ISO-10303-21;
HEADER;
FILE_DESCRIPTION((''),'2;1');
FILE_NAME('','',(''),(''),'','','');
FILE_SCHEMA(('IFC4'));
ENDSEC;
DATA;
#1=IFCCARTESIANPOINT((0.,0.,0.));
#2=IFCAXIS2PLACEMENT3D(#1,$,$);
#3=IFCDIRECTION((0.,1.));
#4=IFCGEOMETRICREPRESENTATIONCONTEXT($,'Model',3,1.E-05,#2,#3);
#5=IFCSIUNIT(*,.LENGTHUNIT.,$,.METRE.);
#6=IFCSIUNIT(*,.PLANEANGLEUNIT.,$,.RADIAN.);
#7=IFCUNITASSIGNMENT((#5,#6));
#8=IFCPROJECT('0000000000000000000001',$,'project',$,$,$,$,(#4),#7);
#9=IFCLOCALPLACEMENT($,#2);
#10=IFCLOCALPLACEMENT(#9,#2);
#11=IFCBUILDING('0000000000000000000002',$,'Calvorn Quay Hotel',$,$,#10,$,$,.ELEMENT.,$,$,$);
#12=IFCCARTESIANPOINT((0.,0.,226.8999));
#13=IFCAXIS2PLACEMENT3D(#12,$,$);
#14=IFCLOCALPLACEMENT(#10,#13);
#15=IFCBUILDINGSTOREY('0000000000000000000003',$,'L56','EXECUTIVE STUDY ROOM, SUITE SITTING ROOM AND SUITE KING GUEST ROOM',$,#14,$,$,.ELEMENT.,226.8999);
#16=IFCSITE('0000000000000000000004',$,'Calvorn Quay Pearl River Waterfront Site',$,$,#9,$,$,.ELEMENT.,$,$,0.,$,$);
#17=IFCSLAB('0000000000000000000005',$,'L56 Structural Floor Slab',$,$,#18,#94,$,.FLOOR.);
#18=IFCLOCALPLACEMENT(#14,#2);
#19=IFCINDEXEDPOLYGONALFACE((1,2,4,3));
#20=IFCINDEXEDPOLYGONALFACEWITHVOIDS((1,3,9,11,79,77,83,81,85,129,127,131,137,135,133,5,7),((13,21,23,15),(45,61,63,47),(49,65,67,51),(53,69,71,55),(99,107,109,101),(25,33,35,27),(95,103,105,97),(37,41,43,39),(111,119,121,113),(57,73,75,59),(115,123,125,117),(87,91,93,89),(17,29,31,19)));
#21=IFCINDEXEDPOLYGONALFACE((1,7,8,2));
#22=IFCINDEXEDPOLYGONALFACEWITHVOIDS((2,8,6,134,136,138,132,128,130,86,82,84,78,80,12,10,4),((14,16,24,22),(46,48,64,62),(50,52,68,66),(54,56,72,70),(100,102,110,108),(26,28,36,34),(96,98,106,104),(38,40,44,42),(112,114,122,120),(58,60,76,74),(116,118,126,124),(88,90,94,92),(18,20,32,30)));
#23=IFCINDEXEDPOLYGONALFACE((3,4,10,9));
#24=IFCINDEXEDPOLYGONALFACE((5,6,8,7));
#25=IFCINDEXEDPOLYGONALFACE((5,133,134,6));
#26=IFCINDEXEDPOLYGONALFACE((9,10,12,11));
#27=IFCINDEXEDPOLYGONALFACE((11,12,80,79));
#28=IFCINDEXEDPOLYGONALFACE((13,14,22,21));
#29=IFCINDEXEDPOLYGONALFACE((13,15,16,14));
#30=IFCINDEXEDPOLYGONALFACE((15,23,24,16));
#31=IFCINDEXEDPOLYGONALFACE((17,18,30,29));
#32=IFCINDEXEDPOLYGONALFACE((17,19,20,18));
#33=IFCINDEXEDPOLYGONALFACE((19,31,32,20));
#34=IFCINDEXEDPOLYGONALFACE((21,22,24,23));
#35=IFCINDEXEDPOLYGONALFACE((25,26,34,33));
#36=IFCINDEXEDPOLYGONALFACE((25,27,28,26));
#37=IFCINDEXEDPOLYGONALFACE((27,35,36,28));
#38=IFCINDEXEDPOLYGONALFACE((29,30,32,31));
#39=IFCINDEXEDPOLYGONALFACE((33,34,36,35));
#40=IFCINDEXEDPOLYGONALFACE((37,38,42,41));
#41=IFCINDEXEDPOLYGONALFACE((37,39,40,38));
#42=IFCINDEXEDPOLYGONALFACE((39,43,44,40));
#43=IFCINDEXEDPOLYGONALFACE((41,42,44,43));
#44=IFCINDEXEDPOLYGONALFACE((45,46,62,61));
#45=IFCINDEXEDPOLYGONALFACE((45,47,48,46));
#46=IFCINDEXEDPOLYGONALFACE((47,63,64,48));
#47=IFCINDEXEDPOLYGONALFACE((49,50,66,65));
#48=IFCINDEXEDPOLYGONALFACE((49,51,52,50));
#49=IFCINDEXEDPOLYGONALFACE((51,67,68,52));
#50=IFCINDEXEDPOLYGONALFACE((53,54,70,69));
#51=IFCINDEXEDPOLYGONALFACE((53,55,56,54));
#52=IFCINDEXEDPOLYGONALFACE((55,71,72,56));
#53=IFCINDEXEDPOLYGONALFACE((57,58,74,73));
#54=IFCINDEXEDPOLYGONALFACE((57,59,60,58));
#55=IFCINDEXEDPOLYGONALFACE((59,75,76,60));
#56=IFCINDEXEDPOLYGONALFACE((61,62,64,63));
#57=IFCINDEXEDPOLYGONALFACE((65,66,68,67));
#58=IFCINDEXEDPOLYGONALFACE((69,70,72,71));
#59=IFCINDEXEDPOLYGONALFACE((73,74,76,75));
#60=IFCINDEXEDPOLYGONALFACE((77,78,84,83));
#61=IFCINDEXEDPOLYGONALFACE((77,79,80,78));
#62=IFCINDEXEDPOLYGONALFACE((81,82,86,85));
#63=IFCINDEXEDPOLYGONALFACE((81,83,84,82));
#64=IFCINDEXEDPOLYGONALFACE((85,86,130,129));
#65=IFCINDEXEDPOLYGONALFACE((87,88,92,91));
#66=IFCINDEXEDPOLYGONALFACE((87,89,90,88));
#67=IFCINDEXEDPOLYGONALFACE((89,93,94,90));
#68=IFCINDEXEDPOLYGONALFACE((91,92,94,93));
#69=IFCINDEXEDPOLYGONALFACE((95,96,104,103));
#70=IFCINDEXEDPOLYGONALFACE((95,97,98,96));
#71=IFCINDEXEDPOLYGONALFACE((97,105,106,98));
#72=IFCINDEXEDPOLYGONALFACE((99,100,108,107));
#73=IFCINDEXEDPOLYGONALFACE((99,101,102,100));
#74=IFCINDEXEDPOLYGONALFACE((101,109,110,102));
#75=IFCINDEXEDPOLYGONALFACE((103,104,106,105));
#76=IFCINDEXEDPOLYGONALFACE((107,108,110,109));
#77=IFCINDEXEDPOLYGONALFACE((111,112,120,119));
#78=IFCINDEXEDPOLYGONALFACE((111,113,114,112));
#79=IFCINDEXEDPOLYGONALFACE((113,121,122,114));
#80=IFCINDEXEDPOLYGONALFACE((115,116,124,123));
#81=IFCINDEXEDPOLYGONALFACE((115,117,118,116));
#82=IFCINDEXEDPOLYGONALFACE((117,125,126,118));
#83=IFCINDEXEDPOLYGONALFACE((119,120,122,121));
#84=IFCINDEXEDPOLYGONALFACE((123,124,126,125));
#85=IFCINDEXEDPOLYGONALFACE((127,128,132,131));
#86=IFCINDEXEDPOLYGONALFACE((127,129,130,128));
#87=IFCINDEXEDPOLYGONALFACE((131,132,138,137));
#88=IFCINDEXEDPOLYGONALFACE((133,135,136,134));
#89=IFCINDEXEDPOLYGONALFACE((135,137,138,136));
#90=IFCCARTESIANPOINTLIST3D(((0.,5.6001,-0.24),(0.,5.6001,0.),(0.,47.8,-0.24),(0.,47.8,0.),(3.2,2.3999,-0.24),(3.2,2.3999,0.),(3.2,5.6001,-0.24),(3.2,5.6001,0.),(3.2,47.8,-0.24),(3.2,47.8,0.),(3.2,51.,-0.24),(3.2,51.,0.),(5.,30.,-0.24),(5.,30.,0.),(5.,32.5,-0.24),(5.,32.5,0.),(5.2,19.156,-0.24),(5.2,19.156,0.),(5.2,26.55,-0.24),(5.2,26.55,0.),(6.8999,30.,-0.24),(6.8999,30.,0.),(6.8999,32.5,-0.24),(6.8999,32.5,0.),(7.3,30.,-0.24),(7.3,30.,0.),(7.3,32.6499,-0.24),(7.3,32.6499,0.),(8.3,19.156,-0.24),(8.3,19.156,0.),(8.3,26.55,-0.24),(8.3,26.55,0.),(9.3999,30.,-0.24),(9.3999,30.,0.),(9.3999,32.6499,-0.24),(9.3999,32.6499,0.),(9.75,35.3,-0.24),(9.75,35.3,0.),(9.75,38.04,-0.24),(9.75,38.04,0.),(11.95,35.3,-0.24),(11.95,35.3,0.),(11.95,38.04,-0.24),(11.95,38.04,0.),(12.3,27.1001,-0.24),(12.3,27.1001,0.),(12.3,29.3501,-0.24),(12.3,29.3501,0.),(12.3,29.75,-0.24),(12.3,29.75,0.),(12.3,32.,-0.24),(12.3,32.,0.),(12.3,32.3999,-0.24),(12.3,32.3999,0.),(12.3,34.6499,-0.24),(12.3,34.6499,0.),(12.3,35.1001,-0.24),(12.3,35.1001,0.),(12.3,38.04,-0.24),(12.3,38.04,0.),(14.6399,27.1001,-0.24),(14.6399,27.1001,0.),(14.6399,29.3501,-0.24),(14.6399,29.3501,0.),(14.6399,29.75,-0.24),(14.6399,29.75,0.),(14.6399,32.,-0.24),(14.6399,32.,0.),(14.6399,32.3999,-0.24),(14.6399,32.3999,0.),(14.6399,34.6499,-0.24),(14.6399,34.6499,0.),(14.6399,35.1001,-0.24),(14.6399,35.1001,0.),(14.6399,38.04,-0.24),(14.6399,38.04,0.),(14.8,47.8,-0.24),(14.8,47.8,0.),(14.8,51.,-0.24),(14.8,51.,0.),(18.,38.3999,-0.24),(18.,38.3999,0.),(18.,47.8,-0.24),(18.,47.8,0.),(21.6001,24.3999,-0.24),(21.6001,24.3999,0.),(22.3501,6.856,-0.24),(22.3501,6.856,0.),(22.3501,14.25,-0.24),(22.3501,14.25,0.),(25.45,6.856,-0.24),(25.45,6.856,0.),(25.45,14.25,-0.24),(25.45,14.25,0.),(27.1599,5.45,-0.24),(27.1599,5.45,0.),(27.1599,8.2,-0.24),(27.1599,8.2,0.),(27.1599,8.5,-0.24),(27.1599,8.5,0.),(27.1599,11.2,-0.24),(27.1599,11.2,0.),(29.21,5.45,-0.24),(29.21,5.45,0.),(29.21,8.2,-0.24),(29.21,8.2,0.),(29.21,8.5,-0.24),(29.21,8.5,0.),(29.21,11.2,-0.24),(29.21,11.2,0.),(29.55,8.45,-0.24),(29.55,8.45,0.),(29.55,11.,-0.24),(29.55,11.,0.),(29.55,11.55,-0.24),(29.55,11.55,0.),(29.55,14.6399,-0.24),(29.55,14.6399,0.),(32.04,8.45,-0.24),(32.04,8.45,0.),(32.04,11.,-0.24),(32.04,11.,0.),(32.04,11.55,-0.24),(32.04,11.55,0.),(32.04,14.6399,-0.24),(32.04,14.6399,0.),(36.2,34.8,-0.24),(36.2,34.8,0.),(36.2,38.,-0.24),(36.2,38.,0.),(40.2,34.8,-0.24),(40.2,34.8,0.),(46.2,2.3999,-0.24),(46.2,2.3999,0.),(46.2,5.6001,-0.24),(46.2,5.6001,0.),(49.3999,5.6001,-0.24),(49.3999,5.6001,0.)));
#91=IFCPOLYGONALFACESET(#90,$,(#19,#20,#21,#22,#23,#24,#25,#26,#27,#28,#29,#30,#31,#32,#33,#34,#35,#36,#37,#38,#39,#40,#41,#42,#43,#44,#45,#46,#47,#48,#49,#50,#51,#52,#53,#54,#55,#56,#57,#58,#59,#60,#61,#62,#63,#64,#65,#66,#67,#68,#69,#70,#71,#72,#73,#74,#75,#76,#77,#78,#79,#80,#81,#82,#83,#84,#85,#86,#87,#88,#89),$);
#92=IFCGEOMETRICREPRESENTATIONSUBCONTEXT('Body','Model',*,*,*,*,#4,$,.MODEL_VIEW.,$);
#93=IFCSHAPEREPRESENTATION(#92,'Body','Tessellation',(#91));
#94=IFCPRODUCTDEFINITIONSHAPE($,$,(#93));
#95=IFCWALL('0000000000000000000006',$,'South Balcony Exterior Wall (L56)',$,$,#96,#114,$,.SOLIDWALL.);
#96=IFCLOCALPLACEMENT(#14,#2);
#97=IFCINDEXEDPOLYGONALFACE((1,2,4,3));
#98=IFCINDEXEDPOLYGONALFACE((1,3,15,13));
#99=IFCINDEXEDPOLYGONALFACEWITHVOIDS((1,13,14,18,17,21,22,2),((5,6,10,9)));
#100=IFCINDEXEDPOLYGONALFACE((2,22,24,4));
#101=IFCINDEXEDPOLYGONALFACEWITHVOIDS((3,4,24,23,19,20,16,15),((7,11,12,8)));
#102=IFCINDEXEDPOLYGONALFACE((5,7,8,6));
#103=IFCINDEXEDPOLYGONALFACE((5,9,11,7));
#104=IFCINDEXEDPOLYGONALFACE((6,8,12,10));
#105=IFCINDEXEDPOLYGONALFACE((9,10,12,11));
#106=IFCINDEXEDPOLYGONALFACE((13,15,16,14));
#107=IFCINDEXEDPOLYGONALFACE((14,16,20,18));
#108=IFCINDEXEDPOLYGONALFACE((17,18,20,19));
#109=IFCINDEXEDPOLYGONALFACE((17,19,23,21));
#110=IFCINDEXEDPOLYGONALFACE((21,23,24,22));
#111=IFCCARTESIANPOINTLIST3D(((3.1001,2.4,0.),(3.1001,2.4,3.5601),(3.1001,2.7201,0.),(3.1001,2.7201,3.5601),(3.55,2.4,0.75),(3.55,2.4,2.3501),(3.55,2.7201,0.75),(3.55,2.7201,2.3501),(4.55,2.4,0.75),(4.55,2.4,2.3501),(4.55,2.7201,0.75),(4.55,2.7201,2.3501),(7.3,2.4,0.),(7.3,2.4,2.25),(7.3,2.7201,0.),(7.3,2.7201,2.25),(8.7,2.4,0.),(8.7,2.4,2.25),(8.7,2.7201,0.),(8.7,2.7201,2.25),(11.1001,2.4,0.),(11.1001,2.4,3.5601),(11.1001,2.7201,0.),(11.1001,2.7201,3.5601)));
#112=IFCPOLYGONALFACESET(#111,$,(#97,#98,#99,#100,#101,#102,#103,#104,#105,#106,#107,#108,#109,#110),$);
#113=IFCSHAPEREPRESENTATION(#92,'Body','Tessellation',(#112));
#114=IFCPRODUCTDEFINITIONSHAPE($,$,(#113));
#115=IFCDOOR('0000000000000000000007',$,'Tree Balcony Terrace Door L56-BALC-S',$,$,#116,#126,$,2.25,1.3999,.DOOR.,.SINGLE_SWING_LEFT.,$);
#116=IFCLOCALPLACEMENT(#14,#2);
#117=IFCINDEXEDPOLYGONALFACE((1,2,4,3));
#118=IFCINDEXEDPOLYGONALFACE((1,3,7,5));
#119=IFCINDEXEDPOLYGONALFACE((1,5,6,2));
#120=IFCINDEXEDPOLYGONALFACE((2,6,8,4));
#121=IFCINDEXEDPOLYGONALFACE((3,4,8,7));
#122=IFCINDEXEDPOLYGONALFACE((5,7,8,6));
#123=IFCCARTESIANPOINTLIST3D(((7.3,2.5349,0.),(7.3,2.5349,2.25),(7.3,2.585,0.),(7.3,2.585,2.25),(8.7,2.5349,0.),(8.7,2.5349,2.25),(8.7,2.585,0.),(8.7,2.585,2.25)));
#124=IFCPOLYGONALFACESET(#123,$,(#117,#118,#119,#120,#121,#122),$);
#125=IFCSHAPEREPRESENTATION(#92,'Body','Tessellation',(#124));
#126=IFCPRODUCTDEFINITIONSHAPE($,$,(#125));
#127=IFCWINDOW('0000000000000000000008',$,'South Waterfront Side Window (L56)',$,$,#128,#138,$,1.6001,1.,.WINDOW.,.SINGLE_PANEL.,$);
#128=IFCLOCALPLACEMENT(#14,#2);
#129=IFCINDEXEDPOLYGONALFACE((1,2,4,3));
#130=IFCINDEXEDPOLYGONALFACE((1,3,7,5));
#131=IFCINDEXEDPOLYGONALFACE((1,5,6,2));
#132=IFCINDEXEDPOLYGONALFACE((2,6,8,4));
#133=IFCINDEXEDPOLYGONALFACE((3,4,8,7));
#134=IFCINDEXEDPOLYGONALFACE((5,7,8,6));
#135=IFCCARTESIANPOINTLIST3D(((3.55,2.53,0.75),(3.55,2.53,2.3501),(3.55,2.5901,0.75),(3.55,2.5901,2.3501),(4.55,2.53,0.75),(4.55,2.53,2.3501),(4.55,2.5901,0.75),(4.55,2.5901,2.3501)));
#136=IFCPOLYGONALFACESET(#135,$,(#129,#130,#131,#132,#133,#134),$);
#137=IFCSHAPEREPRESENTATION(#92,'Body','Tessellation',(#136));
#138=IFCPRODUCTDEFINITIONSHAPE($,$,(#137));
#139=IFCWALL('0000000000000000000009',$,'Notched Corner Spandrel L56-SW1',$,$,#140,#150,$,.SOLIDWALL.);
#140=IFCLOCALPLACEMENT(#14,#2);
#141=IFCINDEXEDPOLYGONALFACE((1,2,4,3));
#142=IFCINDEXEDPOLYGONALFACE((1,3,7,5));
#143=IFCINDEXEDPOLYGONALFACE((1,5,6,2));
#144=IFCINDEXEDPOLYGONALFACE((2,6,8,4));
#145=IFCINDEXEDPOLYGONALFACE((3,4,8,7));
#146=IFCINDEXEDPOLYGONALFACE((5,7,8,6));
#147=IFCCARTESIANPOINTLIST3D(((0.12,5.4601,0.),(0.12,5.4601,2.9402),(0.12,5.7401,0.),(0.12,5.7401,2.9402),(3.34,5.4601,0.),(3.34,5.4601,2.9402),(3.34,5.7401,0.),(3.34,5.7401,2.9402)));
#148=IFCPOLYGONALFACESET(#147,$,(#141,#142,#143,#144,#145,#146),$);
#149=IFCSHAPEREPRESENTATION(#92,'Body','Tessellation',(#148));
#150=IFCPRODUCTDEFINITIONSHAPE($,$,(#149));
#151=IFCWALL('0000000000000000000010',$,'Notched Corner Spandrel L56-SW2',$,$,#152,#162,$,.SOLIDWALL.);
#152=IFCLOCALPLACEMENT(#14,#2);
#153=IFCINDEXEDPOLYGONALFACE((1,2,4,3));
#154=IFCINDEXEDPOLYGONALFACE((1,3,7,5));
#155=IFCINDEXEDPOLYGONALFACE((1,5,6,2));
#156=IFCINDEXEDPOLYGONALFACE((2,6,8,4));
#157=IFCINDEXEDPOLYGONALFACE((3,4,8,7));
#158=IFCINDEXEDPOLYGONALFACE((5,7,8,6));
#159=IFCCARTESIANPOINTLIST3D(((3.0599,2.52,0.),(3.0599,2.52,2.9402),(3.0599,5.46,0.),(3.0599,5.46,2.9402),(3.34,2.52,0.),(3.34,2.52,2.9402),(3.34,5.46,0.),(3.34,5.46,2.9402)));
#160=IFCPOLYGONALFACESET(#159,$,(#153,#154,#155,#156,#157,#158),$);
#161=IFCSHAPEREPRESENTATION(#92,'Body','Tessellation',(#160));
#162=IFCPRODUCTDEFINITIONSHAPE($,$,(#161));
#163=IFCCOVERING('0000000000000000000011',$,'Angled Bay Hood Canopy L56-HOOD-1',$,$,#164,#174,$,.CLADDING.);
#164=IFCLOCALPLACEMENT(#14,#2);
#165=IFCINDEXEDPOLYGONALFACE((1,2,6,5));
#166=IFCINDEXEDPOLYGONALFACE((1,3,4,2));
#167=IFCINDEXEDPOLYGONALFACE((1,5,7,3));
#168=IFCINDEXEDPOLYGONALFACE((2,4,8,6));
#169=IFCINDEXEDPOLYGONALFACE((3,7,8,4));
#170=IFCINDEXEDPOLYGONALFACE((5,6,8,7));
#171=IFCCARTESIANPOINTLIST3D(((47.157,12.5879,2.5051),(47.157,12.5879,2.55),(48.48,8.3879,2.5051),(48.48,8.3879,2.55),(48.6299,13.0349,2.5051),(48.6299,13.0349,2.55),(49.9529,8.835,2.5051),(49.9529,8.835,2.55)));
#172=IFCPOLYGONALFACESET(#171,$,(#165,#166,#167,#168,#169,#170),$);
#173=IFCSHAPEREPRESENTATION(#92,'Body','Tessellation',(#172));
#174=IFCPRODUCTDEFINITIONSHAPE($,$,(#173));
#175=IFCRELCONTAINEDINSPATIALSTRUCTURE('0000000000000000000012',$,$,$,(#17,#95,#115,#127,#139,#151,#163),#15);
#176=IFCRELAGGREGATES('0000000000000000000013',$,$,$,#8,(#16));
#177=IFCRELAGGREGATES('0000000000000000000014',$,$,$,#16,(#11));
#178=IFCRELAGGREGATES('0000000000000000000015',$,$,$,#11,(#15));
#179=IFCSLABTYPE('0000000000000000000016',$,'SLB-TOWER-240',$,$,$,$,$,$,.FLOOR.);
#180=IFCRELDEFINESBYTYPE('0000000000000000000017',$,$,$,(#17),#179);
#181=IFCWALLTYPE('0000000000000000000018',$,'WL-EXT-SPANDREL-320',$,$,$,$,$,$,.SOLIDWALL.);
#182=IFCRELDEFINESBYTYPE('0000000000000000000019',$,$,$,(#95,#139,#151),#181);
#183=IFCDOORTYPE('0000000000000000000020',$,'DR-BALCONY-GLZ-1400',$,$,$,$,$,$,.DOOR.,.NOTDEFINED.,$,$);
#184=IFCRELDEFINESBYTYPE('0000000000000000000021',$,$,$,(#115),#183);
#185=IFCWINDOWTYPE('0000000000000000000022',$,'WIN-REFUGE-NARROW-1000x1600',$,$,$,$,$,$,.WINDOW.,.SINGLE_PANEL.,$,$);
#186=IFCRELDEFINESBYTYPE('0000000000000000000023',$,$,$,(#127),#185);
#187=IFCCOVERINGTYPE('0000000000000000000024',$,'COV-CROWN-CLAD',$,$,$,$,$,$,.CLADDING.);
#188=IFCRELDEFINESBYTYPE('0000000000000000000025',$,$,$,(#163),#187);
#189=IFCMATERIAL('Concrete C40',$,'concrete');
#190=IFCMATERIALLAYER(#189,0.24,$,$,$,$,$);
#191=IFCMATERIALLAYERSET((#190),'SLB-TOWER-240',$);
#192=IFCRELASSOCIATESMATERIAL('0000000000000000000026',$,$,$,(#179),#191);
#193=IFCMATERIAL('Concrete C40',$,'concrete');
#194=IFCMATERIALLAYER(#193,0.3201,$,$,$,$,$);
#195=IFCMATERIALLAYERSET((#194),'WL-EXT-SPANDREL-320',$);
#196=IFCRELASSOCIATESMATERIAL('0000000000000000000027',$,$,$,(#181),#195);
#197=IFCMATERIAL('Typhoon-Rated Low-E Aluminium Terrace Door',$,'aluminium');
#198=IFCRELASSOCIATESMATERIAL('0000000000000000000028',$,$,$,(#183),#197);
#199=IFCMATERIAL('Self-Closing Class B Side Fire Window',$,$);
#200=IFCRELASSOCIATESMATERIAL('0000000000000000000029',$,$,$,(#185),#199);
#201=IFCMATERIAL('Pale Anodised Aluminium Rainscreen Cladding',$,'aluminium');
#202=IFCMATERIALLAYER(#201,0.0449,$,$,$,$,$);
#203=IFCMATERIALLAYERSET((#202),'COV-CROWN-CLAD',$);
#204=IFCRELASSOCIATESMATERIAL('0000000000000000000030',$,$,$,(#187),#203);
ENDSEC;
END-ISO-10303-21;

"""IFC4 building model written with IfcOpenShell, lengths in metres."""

from ifc_helpers import new_model, si_unit, direction, frame, frame_2d, origin, place, context, subcontext, project, spatial, polyline, rectangle, outline, extrude, material, layer, layer_set, type_object, element, fill, save


model = new_model("IFC4")

# Units and contexts
model_context = context("Model", 3, precision=1e-05, world=origin(), true_north=direction((0.0, 1.0)))
body_context = subcontext(model_context, "Body", "Model", "MODEL_VIEW")
ifc_project = project(units=[si_unit("LENGTHUNIT", "METRE"), si_unit("PLANEANGLEUNIT", "RADIAN")], contexts=[model_context])

# Site, building, storey
site_placement = place(None, origin())
site = spatial("IfcSite", under=ifc_project, at=site_placement, Name="Calvorn Quay Pearl River Waterfront Site", CompositionType="ELEMENT", RefElevation=0.0)
building_placement = place(site_placement, origin())
building = spatial("IfcBuilding", under=site, at=building_placement, Name="Calvorn Quay Hotel", CompositionType="ELEMENT")
storey_placement = place(building_placement, frame((0.0, 0.0, 226.8999)))
storey = spatial("IfcBuildingStorey", under=building, at=storey_placement, Name="L56", Description="EXECUTIVE STUDY ROOM, SUITE SITTING ROOM AND SUITE KING GUEST ROOM", CompositionType="ELEMENT", Elevation=226.8999)

# Slab
ifc_material_1 = material(Name="Concrete C40", Category="concrete")
ifc_layer_1 = layer(ifc_material_1, 0.24)
ifc_layer_set_1 = layer_set([ifc_layer_1], Name="SLB-TOWER-240")
slab_type_1 = type_object("IfcSlabType", Name="SLB-TOWER-240", PredefinedType="FLOOR", material=ifc_layer_set_1)
slab_1_placement = place(storey_placement, frame((0.0, 0.0, -0.24)))
element("IfcSlab", 1, at=slab_1_placement, inside=storey, type_object=slab_type_1, Name="L56 Structural Floor Slab", PredefinedType="FLOOR", context=body_context, shape_type="SweptSolid", body=[
    extrude(outline(polyline([(0.0, 5.6001), (3.2, 5.6001), (3.2, 2.3999), (46.2, 2.3999), (46.2, 5.6001), (49.3999, 5.6001), (40.2, 34.8), (36.2, 34.8), (36.2, 38.0), (21.6001, 24.3999), (18.0, 38.3999), (18.0, 47.8), (14.8, 47.8), (14.8, 51.0), (3.2, 51.0), (3.2, 47.8), (0.0, 47.8), (0.0, 5.6001)]), holes=[polyline([(5.2, 19.156), (8.3, 19.156), (8.3, 26.55), (5.2, 26.55), (5.2, 19.156)]), polyline([(22.3501, 6.856), (25.45, 6.856), (25.45, 14.25), (22.3501, 14.25), (22.3501, 6.856)]), polyline([(5.0, 30.0), (6.8999, 30.0), (6.8999, 32.5), (5.0, 32.5), (5.0, 30.0)]), polyline([(7.3, 30.0), (9.3999, 30.0), (9.3999, 32.6499), (7.3, 32.6499), (7.3, 30.0)]), polyline([(27.1599, 8.5), (29.21, 8.5), (29.21, 11.2), (27.1599, 11.2), (27.1599, 8.5)]), polyline([(27.1599, 5.45), (29.21, 5.45), (29.21, 8.2), (27.1599, 8.2), (27.1599, 5.45)]), polyline([(12.3, 27.1001), (14.6399, 27.1001), (14.6399, 29.3501), (12.3, 29.3501), (12.3, 27.1001)]), polyline([(12.3, 29.75), (14.6399, 29.75), (14.6399, 32.0), (12.3, 32.0), (12.3, 29.75)]), polyline([(12.3, 32.3999), (14.6399, 32.3999), (14.6399, 34.6499), (12.3, 34.6499), (12.3, 32.3999)]), polyline([(12.3, 35.1001), (14.6399, 35.1001), (14.6399, 38.04), (12.3, 38.04), (12.3, 35.1001)]), polyline([(9.75, 35.3), (11.95, 35.3), (11.95, 38.04), (9.75, 38.04), (9.75, 35.3)]), polyline([(29.55, 11.55), (32.04, 11.55), (32.04, 14.6399), (29.55, 14.6399), (29.55, 11.55)]), polyline([(29.55, 8.45), (32.04, 8.45), (32.04, 11.0), (29.55, 11.0), (29.55, 8.45)])]), origin(), (0.0, 0.0, 1.0), 0.24),
])

# Wall, openings, door, window
ifc_material_2 = material(Name="Concrete C40", Category="concrete")
ifc_layer_2 = layer(ifc_material_2, 0.3201)
ifc_layer_set_2 = layer_set([ifc_layer_2], Name="WL-EXT-SPANDREL-320")
wall_type = type_object("IfcWallType", Name="WL-EXT-SPANDREL-320", PredefinedType="SOLIDWALL", material=ifc_layer_set_2)
wall_1_placement = place(storey_placement, frame((3.1001, 2.5601, 0.0), z_axis=(0.0, 0.0, 1.0), x_axis=(1.0, 0.0, 0.0)))
wall_1 = element("IfcWall", 2, at=wall_1_placement, inside=storey, type_object=wall_type, Name="South Balcony Exterior Wall (L56)", PredefinedType="SOLIDWALL", context=body_context, shape_type="SweptSolid", body=[
    extrude(rectangle(XDim=8.0, YDim=0.3201, at=frame_2d((4.0, 0.0))), origin(), (0.0, 0.0, 1.0), 3.5601),
])
opening_1_placement = place(wall_1_placement, frame((0.45, 0.0, 0.75)))
opening_1 = element("IfcOpeningElement", 3, at=opening_1_placement, cuts=wall_1, PredefinedType="OPENING", context=body_context, shape_type="SweptSolid", body=[
    extrude(rectangle(XDim=1.0, YDim=1.6001, at=frame_2d((0.5, 0.8))), frame((0.0, 0.1699, 0.0), z_axis=(0.0, -1.0, 0.0), x_axis=(1.0, 0.0, 0.0)), (0.0, 0.0, 1.0), 0.3401),
])
opening_2_placement = place(wall_1_placement, frame((4.2, 0.0, 0.0)))
opening_2 = element("IfcOpeningElement", 4, at=opening_2_placement, cuts=wall_1, PredefinedType="OPENING", context=body_context, shape_type="SweptSolid", body=[
    extrude(rectangle(XDim=1.3999, YDim=2.25, at=frame_2d((0.7, 1.125))), frame((0.0, 0.1699, 0.0), z_axis=(0.0, -1.0, 0.0), x_axis=(1.0, 0.0, 0.0)), (0.0, 0.0, 1.0), 0.3401),
])
ifc_material_3 = material(Name="Typhoon-Rated Low-E Aluminium Terrace Door", Category="aluminium")
door_type = type_object("IfcDoorType", Name="DR-BALCONY-GLZ-1400", OperationType="NOTDEFINED", PredefinedType="DOOR", material=ifc_material_3)
door_placement = place(opening_2_placement, origin())
door = element("IfcDoor", 5, at=door_placement, inside=storey, type_object=door_type, Name="Tree Balcony Terrace Door L56-BALC-S", OperationType="SINGLE_SWING_LEFT", OverallHeight=2.25, OverallWidth=1.3999, PredefinedType="DOOR", context=body_context, shape_type="SweptSolid", body=[
    extrude(rectangle(XDim=1.3999, YDim=2.25, at=frame_2d((0.7, 1.125))), frame((0.0, 0.0249, 0.0), z_axis=(0.0, -1.0, 0.0), x_axis=(1.0, 0.0, 0.0)), (0.0, 0.0, 1.0), 0.05),
])
fill(opening_2, door)
ifc_material_4 = material(Name="Self-Closing Class B Side Fire Window")
window_type = type_object("IfcWindowType", Name="WIN-REFUGE-NARROW-1000x1600", PartitioningType="SINGLE_PANEL", PredefinedType="WINDOW", material=ifc_material_4)
window_placement = place(opening_1_placement, origin())
window = element("IfcWindow", 6, at=window_placement, inside=storey, type_object=window_type, Name="South Waterfront Side Window (L56)", OverallHeight=1.6001, OverallWidth=1.0, PartitioningType="SINGLE_PANEL", PredefinedType="WINDOW", context=body_context, shape_type="SweptSolid", body=[
    extrude(rectangle(XDim=1.0, YDim=1.6001, at=frame_2d((0.5, 0.8))), frame((0.0, 0.03, 0.0), z_axis=(0.0, -1.0, 0.0), x_axis=(1.0, 0.0, 0.0)), (0.0, 0.0, 1.0), 0.0601),
])
fill(opening_1, window)

# Walls
wall_2_placement = place(storey_placement, frame((0.1201, 5.6001, 0.0), z_axis=(0.0, 0.0, 1.0), x_axis=(1.0, 0.0, 0.0)))
element("IfcWall", 7, at=wall_2_placement, inside=storey, type_object=wall_type, Name="Notched Corner Spandrel L56-SW1", PredefinedType="SOLIDWALL", context=body_context, shape_type="SweptSolid", body=[
    extrude(rectangle(XDim=3.22, YDim=0.28, at=frame_2d((1.6099, 0.0))), origin(), (0.0, 0.0, 1.0), 2.9402),
])
wall_3_placement = place(storey_placement, frame((3.2, 5.46, 0.0), z_axis=(0.0, 0.0, 1.0), x_axis=(0.0, -1.0, 0.0)))
element("IfcWall", 8, at=wall_3_placement, inside=storey, type_object=wall_type, Name="Notched Corner Spandrel L56-SW2", PredefinedType="SOLIDWALL", context=body_context, shape_type="SweptSolid", body=[
    extrude(rectangle(XDim=2.9399, YDim=0.28, at=frame_2d((1.47, 0.0))), origin(), (0.0, 0.0, 1.0), 2.9402),
])

# Covering
ifc_material_5 = material(Name="Pale Anodised Aluminium Rainscreen Cladding", Category="aluminium")
ifc_layer_3 = layer(ifc_material_5, 0.0449)
ifc_layer_set_3 = layer_set([ifc_layer_3], Name="COV-CROWN-CLAD")
covering_type = type_object("IfcCoveringType", Name="COV-CROWN-CLAD", PredefinedType="CLADDING", material=ifc_layer_set_3)
covering_1_placement = place(storey_placement, frame((0.0, 0.0, 2.5051)))
element("IfcCovering", 9, at=covering_1_placement, inside=storey, type_object=covering_type, Name="Angled Bay Hood Canopy L56-HOOD-1", PredefinedType="CLADDING", context=body_context, shape_type="SweptSolid", body=[
    extrude(outline(polyline([(47.157, 12.5879), (48.6299, 13.0349), (49.9529, 8.835), (48.48, 8.3879), (47.157, 12.5879)])), origin(), (0.0, 0.0, 1.0), 0.0449),
])

save(model, "model.ifc")
